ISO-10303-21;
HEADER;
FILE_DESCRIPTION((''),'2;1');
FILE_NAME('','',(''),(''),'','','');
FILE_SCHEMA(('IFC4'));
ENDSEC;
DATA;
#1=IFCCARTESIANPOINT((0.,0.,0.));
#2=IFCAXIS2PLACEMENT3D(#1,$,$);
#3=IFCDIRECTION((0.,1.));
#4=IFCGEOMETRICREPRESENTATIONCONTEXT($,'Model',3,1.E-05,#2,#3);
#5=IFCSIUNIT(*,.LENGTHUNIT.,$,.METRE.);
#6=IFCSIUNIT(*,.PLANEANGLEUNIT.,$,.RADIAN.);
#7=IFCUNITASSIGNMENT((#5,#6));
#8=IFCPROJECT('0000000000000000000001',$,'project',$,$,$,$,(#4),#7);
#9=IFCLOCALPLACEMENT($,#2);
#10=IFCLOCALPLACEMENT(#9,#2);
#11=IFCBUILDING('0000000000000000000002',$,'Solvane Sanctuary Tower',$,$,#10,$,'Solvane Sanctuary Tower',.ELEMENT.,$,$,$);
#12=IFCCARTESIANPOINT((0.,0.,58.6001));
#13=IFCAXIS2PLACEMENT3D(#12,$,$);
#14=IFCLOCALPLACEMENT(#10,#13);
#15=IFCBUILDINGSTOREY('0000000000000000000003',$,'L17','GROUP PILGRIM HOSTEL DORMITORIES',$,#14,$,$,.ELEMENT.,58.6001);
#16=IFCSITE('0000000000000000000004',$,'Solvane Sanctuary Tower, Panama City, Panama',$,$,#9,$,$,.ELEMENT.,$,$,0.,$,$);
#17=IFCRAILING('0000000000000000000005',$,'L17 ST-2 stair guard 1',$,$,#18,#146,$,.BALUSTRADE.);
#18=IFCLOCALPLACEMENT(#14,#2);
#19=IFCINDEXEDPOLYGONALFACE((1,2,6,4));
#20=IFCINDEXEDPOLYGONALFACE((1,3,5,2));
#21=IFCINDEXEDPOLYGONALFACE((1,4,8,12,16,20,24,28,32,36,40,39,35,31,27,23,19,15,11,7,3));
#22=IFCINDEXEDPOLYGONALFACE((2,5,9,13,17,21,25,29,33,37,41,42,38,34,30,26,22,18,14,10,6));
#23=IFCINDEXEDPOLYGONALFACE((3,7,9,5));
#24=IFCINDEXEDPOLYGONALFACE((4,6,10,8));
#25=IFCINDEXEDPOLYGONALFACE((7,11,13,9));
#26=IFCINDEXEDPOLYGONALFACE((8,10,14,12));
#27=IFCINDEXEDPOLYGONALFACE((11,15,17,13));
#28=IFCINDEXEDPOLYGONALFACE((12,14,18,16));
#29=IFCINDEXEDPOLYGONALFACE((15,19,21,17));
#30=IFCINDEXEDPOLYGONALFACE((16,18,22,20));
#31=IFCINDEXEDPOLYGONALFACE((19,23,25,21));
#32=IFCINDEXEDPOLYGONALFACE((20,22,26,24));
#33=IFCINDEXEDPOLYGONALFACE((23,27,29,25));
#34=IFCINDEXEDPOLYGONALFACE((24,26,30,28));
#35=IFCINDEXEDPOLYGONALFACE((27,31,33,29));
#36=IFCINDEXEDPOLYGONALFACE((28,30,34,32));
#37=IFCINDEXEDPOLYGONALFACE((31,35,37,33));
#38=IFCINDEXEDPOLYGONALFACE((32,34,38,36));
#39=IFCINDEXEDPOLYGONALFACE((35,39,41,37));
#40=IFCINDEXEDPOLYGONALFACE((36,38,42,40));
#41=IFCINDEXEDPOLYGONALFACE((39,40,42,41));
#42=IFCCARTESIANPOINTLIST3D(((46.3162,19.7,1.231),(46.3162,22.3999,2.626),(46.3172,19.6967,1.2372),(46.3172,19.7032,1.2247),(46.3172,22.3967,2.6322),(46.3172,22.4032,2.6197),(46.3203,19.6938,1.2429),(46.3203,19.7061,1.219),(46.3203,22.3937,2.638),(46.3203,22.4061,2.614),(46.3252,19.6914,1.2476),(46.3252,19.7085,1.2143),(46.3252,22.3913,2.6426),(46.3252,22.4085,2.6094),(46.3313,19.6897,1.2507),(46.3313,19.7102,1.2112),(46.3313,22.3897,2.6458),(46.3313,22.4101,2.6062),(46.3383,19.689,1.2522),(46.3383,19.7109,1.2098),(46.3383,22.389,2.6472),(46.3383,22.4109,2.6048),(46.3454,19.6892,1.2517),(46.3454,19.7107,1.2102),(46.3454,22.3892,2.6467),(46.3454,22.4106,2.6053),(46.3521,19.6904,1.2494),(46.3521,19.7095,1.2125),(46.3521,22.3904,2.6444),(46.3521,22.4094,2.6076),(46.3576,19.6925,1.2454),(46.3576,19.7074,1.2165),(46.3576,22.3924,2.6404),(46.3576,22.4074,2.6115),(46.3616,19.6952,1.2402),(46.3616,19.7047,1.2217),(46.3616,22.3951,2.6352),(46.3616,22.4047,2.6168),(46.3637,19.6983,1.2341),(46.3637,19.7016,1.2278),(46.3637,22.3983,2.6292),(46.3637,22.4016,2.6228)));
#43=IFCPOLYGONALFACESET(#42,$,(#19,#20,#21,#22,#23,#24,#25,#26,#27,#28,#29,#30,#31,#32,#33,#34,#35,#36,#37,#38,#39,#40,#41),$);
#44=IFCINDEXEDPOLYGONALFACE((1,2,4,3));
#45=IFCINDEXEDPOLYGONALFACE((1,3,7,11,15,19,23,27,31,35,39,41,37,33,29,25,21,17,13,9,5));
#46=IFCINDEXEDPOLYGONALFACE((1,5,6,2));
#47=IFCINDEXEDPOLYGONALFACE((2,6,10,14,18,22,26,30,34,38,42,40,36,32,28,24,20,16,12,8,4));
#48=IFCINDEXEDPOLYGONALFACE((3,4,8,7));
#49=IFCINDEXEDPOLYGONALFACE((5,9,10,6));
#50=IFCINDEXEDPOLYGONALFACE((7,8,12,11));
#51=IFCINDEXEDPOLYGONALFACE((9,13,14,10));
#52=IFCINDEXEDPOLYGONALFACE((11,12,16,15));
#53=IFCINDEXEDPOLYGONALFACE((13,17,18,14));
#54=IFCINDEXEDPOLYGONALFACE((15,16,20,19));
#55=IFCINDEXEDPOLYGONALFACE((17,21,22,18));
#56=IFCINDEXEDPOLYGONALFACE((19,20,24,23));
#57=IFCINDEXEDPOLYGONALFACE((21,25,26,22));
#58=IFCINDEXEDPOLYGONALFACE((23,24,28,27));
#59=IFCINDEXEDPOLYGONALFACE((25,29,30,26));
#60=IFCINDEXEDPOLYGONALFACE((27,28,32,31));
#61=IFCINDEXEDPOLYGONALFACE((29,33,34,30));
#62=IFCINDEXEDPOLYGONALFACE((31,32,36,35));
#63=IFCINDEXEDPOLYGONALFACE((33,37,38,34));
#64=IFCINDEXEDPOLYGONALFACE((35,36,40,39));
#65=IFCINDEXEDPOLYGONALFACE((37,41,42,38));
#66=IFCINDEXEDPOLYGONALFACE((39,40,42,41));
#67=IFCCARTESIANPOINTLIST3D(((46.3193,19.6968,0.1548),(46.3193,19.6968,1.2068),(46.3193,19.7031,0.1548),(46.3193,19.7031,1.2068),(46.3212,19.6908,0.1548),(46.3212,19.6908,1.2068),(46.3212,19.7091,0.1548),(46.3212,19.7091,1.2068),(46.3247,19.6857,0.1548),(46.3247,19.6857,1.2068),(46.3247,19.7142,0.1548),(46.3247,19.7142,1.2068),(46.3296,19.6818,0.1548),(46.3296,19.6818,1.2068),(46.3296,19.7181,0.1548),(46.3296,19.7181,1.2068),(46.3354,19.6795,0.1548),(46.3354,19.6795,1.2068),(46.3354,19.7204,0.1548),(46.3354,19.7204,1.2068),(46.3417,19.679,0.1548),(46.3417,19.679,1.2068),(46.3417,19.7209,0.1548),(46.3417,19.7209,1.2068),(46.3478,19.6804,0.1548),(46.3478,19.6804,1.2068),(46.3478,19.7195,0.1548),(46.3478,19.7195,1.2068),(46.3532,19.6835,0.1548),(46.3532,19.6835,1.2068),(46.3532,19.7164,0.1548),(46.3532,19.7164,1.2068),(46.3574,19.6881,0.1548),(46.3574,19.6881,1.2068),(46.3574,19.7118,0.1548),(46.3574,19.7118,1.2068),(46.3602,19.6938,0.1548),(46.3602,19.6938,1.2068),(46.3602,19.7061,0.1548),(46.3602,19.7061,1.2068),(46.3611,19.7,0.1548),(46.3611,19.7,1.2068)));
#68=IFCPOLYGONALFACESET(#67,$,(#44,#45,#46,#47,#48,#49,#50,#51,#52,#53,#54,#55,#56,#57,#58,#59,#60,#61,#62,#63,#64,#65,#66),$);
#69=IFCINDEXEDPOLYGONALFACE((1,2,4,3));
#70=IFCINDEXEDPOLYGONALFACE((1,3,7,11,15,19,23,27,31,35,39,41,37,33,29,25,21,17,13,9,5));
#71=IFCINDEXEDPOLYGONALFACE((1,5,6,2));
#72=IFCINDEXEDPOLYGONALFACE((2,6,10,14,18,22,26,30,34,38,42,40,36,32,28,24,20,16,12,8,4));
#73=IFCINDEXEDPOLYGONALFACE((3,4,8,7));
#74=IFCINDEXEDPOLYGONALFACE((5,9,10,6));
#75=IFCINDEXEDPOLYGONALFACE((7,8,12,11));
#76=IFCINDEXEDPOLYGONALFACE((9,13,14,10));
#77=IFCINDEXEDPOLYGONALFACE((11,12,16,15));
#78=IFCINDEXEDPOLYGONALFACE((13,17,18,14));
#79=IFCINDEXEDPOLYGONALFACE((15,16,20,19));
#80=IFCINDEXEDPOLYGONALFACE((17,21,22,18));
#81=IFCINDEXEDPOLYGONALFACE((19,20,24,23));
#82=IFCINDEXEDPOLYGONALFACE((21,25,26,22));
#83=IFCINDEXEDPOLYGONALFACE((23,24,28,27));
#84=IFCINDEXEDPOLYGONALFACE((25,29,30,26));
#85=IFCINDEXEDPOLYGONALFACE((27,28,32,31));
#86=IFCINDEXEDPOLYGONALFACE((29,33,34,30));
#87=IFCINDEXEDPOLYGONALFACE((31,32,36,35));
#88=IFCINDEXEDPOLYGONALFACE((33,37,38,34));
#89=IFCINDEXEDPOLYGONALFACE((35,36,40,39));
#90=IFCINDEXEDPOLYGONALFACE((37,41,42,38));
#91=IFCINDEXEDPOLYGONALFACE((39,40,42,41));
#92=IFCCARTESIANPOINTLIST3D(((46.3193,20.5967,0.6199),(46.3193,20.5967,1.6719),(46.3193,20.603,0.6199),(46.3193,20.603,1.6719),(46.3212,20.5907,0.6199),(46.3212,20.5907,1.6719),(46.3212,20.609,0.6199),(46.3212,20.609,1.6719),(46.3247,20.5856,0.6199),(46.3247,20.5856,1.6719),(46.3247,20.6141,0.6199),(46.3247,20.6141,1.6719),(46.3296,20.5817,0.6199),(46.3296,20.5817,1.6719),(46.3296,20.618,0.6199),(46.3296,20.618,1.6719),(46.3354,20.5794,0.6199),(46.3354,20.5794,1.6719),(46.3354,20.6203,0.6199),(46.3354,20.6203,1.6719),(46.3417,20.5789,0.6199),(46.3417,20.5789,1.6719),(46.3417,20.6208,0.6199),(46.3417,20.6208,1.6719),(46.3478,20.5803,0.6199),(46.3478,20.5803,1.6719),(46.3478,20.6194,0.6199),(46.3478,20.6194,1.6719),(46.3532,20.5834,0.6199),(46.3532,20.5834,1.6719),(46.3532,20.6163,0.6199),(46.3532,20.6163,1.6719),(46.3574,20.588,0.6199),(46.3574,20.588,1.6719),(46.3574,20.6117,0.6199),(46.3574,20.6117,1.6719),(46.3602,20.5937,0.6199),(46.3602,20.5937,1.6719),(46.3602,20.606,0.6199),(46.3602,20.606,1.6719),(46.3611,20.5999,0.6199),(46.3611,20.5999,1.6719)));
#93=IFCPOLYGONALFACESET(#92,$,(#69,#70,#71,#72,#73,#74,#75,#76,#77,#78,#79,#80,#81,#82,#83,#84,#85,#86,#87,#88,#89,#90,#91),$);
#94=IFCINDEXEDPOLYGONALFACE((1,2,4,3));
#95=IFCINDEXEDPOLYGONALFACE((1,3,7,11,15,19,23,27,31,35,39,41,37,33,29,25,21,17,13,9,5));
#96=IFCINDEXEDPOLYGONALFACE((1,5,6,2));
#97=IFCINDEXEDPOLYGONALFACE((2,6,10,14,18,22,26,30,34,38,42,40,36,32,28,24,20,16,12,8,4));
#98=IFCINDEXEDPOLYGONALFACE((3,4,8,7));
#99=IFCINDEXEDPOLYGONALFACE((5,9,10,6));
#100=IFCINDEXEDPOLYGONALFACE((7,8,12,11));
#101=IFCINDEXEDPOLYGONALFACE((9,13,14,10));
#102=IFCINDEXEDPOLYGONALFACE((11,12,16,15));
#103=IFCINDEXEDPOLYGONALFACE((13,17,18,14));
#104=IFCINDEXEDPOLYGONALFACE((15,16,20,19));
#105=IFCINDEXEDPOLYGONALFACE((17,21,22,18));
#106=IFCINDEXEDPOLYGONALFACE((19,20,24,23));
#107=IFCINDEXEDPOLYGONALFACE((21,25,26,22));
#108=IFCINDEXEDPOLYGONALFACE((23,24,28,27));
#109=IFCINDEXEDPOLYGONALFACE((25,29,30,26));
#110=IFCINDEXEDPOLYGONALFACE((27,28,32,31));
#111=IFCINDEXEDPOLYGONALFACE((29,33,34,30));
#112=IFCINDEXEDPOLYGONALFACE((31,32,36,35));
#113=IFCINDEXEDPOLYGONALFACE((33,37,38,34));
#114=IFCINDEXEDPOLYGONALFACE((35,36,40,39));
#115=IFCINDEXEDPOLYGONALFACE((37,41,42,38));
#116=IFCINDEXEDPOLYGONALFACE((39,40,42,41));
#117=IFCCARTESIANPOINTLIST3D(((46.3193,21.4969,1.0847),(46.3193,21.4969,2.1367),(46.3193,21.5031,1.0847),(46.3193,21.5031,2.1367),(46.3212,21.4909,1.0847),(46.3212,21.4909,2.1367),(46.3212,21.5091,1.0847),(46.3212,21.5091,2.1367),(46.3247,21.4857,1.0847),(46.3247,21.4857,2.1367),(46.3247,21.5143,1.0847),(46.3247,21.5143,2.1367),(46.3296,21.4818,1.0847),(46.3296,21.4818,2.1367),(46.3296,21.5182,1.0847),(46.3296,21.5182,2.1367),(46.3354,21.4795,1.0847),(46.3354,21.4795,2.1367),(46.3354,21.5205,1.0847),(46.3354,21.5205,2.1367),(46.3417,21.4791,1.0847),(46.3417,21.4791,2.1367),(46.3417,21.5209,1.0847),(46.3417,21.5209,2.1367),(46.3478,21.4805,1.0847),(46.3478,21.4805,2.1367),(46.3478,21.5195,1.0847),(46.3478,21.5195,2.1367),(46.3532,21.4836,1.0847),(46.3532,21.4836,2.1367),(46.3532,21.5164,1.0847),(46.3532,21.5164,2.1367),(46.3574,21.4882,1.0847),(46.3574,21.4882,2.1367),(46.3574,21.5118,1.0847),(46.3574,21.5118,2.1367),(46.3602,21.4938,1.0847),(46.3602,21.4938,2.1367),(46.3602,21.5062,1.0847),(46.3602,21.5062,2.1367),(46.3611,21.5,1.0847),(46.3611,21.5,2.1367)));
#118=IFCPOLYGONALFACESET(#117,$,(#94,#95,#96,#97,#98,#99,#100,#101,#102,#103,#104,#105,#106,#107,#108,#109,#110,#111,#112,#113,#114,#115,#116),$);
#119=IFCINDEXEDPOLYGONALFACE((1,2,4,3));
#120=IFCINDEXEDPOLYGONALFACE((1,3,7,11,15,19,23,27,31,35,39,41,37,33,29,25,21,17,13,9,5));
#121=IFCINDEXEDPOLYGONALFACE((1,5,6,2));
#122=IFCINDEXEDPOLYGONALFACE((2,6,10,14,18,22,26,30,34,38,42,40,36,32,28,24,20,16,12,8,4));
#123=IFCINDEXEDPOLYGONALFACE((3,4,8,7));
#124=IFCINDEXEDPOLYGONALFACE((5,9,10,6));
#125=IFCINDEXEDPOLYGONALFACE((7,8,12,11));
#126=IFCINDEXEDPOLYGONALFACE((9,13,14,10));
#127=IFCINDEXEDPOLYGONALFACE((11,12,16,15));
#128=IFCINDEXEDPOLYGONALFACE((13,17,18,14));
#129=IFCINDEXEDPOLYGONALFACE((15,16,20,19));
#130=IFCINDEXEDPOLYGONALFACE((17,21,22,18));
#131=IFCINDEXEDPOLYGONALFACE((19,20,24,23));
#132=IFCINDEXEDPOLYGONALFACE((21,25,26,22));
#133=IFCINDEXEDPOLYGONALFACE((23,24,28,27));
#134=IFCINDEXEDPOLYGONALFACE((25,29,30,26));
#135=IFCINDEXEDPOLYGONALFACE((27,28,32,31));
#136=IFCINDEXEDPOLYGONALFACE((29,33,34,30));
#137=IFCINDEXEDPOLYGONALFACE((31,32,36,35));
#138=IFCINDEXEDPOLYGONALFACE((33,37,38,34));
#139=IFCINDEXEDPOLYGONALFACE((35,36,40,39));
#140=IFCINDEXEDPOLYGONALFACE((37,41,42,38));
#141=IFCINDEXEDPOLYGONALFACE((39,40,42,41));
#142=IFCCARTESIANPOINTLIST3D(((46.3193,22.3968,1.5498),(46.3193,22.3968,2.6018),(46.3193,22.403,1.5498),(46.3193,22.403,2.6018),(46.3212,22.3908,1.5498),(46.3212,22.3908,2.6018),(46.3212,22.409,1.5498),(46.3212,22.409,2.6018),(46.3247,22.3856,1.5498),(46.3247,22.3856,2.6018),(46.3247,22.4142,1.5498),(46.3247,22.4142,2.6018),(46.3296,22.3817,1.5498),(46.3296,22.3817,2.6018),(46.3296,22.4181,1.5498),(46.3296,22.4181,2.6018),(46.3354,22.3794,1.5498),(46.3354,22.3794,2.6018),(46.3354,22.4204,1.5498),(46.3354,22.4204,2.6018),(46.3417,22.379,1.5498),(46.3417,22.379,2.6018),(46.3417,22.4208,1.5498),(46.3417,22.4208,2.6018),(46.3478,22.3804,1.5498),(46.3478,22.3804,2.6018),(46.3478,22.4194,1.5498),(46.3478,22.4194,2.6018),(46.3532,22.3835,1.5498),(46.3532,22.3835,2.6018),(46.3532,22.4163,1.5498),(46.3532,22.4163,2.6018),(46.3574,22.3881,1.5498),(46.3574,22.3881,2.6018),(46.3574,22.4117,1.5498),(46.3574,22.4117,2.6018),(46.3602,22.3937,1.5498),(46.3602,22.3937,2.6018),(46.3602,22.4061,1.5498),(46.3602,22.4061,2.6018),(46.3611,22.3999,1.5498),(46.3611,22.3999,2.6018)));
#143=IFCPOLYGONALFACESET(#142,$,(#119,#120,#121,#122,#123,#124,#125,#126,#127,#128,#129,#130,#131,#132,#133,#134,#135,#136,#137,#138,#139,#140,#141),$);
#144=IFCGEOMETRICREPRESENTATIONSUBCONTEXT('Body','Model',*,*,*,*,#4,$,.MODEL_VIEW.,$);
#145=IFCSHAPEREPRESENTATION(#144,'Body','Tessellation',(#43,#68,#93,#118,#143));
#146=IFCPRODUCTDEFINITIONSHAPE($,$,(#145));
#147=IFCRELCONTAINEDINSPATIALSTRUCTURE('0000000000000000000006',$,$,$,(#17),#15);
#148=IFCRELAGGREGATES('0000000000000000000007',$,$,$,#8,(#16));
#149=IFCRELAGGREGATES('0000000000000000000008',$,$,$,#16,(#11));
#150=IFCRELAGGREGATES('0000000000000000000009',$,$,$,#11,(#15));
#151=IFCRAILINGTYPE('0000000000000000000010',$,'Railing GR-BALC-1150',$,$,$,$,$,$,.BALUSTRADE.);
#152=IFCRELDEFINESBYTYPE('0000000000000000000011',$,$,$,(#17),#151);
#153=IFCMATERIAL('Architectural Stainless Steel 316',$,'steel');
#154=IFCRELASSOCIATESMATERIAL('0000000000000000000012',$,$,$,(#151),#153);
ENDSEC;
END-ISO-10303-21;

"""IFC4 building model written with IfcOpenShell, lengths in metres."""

from ifc_helpers import new_model, si_unit, direction, frame, origin, origin_2d, place, context, subcontext, project, spatial, circle, extrude, material, type_object, element, save


model = new_model("IFC4")

# Units and contexts
model_context = context("Model", 3, precision=1e-05, world=origin(), true_north=direction((0.0, 1.0)))
body_context = subcontext(model_context, "Body", "Model", "MODEL_VIEW")
ifc_project = project(units=[si_unit("LENGTHUNIT", "METRE"), si_unit("PLANEANGLEUNIT", "RADIAN")], contexts=[model_context])

# Site, building, storey
site_placement = place(None, origin())
site = spatial("IfcSite", under=ifc_project, at=site_placement, Name="Solvane Sanctuary Tower, Panama City, Panama", CompositionType="ELEMENT", RefElevation=0.0)
building_placement = place(site_placement, origin())
building = spatial("IfcBuilding", under=site, at=building_placement, Name="Solvane Sanctuary Tower", LongName="Solvane Sanctuary Tower", CompositionType="ELEMENT")
storey_placement = place(building_placement, frame((0.0, 0.0, 58.6001)))
storey = spatial("IfcBuildingStorey", under=building, at=storey_placement, Name="L17", Description="GROUP PILGRIM HOSTEL DORMITORIES", CompositionType="ELEMENT", Elevation=58.6001)

# Shared definitions
ifc_material_1 = material(Name="Architectural Stainless Steel 316", Category="steel")

# Railing
railing_type_1 = type_object("IfcRailingType", Name="Railing GR-BALC-1150", PredefinedType="BALUSTRADE", material=ifc_material_1)
railing_1_placement = place(storey_placement, frame((46.3401, 19.7, 0.1548)))
element("IfcRailing", 1, at=railing_1_placement, inside=storey, type_object=railing_type_1, Name="L17 ST-2 stair guard 1", PredefinedType="BALUSTRADE", context=body_context, shape_type="SweptSolid", body=[
    extrude(circle(Radius=0.0239, at=origin_2d()), frame((0.0, 0.0, 1.0762), z_axis=(0.0, 0.88842, 0.459032), x_axis=(-1.0, 0.0, 0.0)), (0.0, 0.0, 1.0), 3.0391),
    extrude(circle(Radius=0.021, at=origin_2d()), origin(), (0.0, 0.0, 1.0), 1.052),
    extrude(circle(Radius=0.021, at=origin_2d()), frame((0.0, 0.8999, 0.4651)), (0.0, 0.0, 1.0), 1.052),
    extrude(circle(Radius=0.021, at=origin_2d()), frame((0.0, 1.8, 0.9299)), (0.0, 0.0, 1.0), 1.052),
    extrude(circle(Radius=0.021, at=origin_2d()), frame((0.0, 2.7, 1.395)), (0.0, 0.0, 1.0), 1.052),
])

save(model, "model.ifc")
